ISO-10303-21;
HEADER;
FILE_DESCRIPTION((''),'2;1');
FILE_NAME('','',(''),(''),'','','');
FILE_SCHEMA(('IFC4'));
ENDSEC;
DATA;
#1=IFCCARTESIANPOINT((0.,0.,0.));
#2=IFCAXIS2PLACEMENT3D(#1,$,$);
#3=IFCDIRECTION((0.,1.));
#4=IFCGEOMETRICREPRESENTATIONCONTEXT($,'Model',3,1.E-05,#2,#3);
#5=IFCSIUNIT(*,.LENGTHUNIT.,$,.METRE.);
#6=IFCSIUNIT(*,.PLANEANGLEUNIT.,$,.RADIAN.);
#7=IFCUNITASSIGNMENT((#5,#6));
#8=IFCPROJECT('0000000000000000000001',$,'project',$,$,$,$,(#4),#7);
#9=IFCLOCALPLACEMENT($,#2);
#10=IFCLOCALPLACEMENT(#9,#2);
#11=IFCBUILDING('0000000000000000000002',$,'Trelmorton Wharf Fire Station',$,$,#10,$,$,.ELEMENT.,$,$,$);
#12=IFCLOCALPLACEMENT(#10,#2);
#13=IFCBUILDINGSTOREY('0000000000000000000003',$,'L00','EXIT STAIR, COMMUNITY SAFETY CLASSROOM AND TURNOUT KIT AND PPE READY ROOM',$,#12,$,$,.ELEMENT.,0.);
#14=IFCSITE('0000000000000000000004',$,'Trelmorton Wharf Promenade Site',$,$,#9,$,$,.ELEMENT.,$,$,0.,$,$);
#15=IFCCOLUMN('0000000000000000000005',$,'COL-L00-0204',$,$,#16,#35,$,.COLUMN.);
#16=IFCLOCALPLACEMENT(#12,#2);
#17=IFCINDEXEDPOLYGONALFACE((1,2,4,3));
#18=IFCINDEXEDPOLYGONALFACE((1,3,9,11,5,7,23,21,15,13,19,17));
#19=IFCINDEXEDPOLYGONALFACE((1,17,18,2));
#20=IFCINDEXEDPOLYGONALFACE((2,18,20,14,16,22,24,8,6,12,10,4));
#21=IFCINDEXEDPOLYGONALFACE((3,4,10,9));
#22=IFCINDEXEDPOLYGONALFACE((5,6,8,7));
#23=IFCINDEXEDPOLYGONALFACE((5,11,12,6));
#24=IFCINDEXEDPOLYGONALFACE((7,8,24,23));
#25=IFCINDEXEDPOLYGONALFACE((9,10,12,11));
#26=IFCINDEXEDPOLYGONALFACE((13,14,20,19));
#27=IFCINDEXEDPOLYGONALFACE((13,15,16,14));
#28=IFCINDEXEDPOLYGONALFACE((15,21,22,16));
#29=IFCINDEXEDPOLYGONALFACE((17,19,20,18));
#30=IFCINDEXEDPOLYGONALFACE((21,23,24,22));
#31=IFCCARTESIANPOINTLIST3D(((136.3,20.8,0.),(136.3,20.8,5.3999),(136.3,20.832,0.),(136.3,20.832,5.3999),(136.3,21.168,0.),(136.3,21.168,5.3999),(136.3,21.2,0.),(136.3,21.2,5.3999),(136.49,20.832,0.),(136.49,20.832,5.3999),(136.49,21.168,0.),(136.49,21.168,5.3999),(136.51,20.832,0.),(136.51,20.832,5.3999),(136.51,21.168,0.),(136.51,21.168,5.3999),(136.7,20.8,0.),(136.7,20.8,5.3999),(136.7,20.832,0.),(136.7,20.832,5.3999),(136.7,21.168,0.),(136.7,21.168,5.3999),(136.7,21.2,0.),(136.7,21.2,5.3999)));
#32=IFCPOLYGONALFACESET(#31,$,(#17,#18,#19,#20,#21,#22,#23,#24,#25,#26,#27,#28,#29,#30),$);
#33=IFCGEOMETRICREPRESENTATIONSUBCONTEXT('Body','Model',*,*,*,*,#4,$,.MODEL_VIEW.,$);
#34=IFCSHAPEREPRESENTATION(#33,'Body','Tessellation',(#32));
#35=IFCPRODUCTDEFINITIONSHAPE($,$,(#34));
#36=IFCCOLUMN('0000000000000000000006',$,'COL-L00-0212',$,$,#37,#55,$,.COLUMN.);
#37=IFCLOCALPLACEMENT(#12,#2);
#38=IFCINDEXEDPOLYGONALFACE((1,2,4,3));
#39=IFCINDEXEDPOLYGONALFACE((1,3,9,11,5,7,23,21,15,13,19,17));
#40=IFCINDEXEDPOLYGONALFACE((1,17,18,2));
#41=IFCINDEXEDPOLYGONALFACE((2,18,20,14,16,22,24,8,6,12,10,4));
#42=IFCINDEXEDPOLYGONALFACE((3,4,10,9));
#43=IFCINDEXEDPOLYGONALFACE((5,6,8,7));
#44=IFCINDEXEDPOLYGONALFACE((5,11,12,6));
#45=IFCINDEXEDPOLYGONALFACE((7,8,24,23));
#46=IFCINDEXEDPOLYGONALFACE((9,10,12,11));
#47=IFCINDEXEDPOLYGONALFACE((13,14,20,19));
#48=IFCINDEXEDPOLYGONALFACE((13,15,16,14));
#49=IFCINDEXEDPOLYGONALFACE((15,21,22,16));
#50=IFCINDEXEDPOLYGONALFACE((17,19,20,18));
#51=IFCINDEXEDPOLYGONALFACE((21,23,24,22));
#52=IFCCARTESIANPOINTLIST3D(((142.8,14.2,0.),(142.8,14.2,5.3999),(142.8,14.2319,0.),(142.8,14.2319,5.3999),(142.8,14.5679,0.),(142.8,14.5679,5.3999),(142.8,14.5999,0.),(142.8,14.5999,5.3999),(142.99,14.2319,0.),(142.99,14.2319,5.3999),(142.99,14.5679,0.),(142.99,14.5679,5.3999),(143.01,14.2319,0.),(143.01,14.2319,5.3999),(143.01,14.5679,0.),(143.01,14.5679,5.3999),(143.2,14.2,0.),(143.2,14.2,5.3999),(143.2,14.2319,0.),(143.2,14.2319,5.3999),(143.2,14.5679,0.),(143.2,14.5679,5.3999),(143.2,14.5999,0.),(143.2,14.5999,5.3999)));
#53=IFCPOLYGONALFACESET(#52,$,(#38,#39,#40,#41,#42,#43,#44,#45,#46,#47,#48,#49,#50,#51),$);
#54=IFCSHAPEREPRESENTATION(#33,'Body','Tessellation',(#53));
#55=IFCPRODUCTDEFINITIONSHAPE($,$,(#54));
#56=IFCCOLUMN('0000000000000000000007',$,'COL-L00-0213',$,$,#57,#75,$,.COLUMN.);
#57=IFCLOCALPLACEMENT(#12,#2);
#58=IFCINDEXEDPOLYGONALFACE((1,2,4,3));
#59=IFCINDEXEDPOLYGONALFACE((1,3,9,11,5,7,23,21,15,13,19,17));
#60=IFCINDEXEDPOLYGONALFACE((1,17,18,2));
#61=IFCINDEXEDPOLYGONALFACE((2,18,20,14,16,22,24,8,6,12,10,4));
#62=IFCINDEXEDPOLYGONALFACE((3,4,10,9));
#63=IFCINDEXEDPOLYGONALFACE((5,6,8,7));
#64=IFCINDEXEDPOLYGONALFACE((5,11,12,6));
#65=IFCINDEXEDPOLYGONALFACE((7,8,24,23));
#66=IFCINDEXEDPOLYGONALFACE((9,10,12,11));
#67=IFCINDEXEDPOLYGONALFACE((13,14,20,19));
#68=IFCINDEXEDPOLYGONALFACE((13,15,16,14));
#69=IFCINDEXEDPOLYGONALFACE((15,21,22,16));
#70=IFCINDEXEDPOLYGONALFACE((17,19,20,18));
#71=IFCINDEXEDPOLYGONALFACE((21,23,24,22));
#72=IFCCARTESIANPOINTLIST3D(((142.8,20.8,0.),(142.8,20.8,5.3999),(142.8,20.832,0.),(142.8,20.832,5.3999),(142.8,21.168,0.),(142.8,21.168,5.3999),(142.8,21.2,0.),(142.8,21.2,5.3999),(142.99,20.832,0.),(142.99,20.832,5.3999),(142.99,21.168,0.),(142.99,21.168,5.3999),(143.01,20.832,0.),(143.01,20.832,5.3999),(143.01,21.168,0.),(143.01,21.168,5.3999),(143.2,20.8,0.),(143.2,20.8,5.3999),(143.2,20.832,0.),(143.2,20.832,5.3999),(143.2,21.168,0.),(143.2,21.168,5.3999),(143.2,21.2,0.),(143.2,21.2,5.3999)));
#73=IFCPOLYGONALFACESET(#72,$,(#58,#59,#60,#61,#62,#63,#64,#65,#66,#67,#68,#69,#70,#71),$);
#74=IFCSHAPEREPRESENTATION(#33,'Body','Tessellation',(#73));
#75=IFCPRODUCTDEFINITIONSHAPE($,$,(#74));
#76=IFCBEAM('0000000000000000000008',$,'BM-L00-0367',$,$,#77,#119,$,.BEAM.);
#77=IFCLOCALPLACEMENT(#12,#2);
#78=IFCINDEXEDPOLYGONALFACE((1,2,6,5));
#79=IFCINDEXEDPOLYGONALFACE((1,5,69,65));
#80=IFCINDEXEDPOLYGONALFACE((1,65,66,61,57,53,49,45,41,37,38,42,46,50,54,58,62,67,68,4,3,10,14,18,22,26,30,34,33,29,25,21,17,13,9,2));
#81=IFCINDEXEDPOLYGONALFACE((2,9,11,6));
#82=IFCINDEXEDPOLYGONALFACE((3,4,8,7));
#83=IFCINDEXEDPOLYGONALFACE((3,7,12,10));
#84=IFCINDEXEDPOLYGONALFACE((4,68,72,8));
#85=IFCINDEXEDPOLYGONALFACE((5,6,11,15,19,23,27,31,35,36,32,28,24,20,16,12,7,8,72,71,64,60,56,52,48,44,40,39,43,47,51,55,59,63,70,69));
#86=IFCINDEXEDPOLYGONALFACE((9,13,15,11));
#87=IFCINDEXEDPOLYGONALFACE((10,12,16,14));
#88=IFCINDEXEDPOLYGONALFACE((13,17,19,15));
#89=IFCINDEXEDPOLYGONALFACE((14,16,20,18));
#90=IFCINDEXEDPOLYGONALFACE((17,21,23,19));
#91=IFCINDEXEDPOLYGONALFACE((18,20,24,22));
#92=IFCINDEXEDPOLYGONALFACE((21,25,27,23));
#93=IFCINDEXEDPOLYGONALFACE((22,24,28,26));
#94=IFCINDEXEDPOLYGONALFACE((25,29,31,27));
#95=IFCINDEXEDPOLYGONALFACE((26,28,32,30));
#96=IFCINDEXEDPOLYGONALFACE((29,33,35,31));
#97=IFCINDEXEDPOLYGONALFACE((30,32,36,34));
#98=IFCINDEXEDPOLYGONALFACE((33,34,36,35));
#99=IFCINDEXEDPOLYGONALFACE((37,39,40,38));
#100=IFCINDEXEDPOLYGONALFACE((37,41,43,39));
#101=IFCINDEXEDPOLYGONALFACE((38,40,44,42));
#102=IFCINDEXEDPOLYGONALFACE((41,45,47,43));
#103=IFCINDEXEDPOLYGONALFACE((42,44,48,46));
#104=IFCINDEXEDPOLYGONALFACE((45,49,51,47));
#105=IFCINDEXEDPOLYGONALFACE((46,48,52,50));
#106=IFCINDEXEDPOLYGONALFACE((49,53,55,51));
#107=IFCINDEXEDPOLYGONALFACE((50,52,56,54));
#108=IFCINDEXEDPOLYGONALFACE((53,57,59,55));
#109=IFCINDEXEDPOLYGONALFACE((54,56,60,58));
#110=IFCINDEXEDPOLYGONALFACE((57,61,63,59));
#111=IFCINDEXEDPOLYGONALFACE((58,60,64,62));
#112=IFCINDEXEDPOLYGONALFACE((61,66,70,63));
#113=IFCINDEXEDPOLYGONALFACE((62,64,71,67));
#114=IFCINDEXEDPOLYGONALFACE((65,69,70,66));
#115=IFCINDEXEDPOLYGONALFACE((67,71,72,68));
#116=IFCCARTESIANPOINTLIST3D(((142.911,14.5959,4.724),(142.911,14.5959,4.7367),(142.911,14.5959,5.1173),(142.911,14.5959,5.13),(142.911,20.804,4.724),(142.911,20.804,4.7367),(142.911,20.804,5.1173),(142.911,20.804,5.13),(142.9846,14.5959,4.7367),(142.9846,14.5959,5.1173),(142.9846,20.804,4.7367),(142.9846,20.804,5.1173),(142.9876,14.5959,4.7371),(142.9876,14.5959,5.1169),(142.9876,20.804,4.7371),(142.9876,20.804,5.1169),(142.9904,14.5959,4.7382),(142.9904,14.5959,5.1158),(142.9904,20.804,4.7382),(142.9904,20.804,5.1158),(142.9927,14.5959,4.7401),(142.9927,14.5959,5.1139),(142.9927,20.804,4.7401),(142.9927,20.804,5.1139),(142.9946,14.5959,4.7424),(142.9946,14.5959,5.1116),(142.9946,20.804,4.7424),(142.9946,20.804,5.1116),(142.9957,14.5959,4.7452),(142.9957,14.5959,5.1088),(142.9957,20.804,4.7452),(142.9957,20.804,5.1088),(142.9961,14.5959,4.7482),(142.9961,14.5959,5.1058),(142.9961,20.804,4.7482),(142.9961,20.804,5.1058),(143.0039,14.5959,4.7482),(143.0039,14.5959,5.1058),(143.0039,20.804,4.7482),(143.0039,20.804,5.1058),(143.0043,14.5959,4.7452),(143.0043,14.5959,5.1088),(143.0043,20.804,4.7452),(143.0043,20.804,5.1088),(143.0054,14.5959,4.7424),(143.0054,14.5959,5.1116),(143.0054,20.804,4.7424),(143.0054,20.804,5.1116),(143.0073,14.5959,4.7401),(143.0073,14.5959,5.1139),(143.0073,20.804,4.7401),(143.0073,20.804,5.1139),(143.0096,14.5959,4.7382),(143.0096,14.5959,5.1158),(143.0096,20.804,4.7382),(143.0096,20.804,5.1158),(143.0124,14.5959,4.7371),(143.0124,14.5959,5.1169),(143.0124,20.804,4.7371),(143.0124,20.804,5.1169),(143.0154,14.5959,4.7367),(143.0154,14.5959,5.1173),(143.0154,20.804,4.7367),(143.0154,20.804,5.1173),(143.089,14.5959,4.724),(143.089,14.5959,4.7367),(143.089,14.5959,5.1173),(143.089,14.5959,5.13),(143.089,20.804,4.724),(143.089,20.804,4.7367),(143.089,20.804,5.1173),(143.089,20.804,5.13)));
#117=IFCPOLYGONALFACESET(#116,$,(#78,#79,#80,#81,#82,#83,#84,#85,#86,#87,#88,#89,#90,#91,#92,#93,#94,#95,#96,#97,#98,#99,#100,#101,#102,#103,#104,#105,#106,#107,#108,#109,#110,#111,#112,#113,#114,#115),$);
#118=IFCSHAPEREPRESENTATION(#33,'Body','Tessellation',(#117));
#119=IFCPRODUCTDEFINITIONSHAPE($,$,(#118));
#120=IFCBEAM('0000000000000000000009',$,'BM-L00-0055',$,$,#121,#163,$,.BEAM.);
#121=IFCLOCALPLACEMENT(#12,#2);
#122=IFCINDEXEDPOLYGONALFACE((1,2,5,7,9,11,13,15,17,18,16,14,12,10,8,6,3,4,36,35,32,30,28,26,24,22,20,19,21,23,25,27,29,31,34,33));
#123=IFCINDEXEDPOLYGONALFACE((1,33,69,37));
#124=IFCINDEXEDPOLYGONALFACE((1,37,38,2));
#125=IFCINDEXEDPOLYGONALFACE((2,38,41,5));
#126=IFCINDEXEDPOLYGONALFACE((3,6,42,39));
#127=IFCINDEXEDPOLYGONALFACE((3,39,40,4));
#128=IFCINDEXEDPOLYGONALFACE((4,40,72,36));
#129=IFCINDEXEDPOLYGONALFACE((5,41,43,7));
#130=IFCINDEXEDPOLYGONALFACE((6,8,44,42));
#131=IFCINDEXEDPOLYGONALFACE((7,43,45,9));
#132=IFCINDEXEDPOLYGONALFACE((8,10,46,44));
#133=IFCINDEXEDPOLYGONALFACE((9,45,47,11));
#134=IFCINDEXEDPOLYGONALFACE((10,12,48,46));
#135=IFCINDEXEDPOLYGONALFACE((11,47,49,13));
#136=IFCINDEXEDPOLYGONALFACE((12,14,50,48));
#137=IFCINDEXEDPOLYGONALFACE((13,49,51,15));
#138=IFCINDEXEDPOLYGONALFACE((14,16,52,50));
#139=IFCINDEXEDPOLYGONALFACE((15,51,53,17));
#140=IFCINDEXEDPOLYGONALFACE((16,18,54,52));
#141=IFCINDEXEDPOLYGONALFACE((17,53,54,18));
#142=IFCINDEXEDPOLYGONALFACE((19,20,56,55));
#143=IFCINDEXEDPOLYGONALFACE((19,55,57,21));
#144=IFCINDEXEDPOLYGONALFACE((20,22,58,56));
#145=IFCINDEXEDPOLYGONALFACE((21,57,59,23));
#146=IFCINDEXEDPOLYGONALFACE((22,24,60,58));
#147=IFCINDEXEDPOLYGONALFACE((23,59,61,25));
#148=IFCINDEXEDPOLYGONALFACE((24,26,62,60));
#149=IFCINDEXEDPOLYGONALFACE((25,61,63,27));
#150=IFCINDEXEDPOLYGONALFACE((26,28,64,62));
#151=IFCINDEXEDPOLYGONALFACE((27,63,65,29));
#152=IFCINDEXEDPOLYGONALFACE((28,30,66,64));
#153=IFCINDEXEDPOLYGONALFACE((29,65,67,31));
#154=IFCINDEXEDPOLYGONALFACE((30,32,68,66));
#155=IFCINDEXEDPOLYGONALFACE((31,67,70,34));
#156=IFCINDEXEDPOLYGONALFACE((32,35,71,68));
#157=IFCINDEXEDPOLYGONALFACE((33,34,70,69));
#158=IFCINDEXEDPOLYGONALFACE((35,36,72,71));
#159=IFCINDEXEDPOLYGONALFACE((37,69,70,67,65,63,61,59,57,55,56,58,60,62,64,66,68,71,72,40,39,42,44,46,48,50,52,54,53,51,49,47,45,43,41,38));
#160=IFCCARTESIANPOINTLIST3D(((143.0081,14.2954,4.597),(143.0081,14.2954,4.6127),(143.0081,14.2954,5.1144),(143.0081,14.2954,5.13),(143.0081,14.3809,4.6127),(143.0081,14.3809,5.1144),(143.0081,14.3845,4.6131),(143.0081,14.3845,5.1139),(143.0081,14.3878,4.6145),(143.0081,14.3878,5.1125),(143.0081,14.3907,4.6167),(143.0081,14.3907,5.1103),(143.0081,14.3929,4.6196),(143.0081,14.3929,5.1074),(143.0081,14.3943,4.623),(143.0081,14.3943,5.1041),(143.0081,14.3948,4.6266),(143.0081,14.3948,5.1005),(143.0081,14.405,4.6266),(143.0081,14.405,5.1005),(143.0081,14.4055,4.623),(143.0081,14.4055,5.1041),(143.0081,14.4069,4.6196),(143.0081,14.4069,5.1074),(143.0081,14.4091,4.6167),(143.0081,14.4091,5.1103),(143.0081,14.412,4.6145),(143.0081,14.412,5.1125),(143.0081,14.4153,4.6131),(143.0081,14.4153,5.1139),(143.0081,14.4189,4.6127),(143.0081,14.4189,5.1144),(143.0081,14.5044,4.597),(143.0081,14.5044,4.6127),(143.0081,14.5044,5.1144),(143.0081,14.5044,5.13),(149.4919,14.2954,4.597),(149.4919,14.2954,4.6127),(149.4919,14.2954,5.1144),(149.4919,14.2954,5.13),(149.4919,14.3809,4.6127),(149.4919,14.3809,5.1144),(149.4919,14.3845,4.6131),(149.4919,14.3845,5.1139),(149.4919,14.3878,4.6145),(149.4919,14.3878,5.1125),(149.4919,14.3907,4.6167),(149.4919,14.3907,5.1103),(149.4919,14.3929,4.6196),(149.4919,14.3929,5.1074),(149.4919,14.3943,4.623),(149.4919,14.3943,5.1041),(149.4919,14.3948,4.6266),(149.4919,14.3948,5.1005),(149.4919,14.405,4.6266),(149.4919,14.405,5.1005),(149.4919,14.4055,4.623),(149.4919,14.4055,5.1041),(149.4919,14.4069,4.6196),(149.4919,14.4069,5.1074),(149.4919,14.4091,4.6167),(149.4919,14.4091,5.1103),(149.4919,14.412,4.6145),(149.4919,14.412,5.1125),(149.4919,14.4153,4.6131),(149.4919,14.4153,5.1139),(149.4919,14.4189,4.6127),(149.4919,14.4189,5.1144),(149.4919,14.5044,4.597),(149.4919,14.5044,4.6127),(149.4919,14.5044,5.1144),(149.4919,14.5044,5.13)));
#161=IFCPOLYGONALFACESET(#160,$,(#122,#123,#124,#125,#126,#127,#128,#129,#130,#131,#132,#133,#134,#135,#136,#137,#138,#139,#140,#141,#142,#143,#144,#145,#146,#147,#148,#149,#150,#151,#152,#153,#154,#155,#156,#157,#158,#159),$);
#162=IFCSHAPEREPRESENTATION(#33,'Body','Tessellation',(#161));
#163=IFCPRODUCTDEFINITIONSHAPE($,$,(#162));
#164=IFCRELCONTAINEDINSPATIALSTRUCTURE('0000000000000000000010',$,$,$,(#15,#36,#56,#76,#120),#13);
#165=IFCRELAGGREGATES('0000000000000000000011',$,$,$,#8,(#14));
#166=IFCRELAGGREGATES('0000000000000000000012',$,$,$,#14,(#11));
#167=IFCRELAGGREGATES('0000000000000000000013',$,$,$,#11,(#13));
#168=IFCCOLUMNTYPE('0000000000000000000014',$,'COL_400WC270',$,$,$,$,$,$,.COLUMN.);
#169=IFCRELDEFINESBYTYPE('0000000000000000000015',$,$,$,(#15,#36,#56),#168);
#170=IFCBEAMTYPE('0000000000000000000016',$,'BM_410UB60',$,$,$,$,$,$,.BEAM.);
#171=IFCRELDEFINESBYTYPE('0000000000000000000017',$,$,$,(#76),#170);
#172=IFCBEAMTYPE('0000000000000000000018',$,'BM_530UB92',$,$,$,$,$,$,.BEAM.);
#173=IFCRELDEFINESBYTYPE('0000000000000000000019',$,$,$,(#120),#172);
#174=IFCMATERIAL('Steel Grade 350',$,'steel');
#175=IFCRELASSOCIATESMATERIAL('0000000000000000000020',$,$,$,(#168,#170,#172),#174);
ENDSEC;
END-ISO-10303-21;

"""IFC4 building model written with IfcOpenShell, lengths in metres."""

from ifc_helpers import new_model, si_unit, direction, frame, origin, origin_2d, place, context, subcontext, project, spatial, i_section, extrude, material, material_profile, profile_set, type_object, element, save


model = new_model("IFC4")

# Units and contexts
model_context = context("Model", 3, precision=1e-05, world=origin(), true_north=direction((0.0, 1.0)))
body_context = subcontext(model_context, "Body", "Model", "MODEL_VIEW")
ifc_project = project(units=[si_unit("LENGTHUNIT", "METRE"), si_unit("PLANEANGLEUNIT", "RADIAN")], contexts=[model_context])

# Site, building, storey
site_placement = place(None, origin())
site = spatial("IfcSite", under=ifc_project, at=site_placement, Name="Trelmorton Wharf Promenade Site", CompositionType="ELEMENT", RefElevation=0.0)
building_placement = place(site_placement, origin())
building = spatial("IfcBuilding", under=site, at=building_placement, Name="Trelmorton Wharf Fire Station", CompositionType="ELEMENT")
storey_placement = place(building_placement, origin())
storey = spatial("IfcBuildingStorey", under=building, at=storey_placement, Name="L00", Description="EXIT STAIR, COMMUNITY SAFETY CLASSROOM AND TURNOUT KIT AND PPE READY ROOM", CompositionType="ELEMENT", Elevation=0.0)

# Columns
ifc_material_1 = material(Name="Steel Grade 350", Category="steel")
ifc_material_profile_1 = material_profile(ifc_material_1, i_section(OverallWidth=0.3999, OverallDepth=0.3999, WebThickness=0.02, FlangeThickness=0.032, at=origin_2d()), Name="400WC270")
ifc_profile_set_1 = profile_set([ifc_material_profile_1], Name="Steel Grade 350")
column_type = type_object("IfcColumnType", Name="COL_400WC270", PredefinedType="COLUMN", material=ifc_profile_set_1)
for number, where, z_axis, x_axis, name in (
    (1, (136.5, 21.0, 0.0), (0.0, 0.0, 1.0), (1.0, 0.0, 0.0), "COL-L00-0204"),
    (2, (143.0, 14.3999, 0.0), (0.0, 0.0, 1.0), (1.0, 0.0, 0.0), "COL-L00-0212"),
    (3, (143.0, 21.0, 0.0), (0.0, 0.0, 1.0), (1.0, 0.0, 0.0), "COL-L00-0213"),
):
    element("IfcColumn", number, at=place(storey_placement, frame(where, z_axis=z_axis, x_axis=x_axis)), inside=storey, type_object=column_type, Name=name, PredefinedType="COLUMN", context=body_context, shape_type="SweptSolid", body=[
        extrude(i_section(OverallWidth=0.3999, OverallDepth=0.3999, WebThickness=0.02, FlangeThickness=0.032, at=origin_2d()), origin(), (0.0, 0.0, 1.0), 5.3999),
    ])

# Beams
ifc_material_profile_2 = material_profile(ifc_material_1, i_section(OverallWidth=0.178, OverallDepth=0.406, WebThickness=0.0078, FlangeThickness=0.0127, FilletRadius=0.0115, at=origin_2d()), Name="410UB59.7")
ifc_profile_set_2 = profile_set([ifc_material_profile_2], Name="Steel Grade 350")
beam_type_1 = type_object("IfcBeamType", Name="BM_410UB60", PredefinedType="BEAM", material=ifc_profile_set_2)
beam_1_placement = place(storey_placement, frame((143.0, 14.5959, 4.927), z_axis=(0.0, 1.0, 0.0), x_axis=(-1.0, 0.0, 0.0)))
element("IfcBeam", 4, at=beam_1_placement, inside=storey, type_object=beam_type_1, Name="BM-L00-0367", PredefinedType="BEAM", context=body_context, shape_type="SweptSolid", body=[
    extrude(i_section(OverallWidth=0.178, OverallDepth=0.406, WebThickness=0.0078, FlangeThickness=0.0127, FilletRadius=0.0115, at=origin_2d()), origin(), (0.0, 0.0, 1.0), 6.208),
])
ifc_material_profile_3 = material_profile(ifc_material_1, i_section(OverallWidth=0.209, OverallDepth=0.533, WebThickness=0.0103, FlangeThickness=0.0156, FilletRadius=0.0139, at=origin_2d()), Name="530UB92.4")
ifc_profile_set_3 = profile_set([ifc_material_profile_3], Name="Steel Grade 350")
beam_type_2 = type_object("IfcBeamType", Name="BM_530UB92", PredefinedType="BEAM", material=ifc_profile_set_3)
for number, where, z_axis, x_axis, name in (
    (5, (143.0081, 14.3999, 4.8635), (1.0, 0.0, 0.0), (0.0, 1.0, 0.0), "BM-L00-0055"),
):
    element("IfcBeam", number, at=place(storey_placement, frame(where, z_axis=z_axis, x_axis=x_axis)), inside=storey, type_object=beam_type_2, Name=name, PredefinedType="BEAM", context=body_context, shape_type="SweptSolid", body=[
        extrude(i_section(OverallWidth=0.209, OverallDepth=0.533, WebThickness=0.0103, FlangeThickness=0.0156, FilletRadius=0.0139, at=origin_2d()), origin(), (0.0, 0.0, 1.0), 6.4839),
    ])

save(model, "model.ifc")
